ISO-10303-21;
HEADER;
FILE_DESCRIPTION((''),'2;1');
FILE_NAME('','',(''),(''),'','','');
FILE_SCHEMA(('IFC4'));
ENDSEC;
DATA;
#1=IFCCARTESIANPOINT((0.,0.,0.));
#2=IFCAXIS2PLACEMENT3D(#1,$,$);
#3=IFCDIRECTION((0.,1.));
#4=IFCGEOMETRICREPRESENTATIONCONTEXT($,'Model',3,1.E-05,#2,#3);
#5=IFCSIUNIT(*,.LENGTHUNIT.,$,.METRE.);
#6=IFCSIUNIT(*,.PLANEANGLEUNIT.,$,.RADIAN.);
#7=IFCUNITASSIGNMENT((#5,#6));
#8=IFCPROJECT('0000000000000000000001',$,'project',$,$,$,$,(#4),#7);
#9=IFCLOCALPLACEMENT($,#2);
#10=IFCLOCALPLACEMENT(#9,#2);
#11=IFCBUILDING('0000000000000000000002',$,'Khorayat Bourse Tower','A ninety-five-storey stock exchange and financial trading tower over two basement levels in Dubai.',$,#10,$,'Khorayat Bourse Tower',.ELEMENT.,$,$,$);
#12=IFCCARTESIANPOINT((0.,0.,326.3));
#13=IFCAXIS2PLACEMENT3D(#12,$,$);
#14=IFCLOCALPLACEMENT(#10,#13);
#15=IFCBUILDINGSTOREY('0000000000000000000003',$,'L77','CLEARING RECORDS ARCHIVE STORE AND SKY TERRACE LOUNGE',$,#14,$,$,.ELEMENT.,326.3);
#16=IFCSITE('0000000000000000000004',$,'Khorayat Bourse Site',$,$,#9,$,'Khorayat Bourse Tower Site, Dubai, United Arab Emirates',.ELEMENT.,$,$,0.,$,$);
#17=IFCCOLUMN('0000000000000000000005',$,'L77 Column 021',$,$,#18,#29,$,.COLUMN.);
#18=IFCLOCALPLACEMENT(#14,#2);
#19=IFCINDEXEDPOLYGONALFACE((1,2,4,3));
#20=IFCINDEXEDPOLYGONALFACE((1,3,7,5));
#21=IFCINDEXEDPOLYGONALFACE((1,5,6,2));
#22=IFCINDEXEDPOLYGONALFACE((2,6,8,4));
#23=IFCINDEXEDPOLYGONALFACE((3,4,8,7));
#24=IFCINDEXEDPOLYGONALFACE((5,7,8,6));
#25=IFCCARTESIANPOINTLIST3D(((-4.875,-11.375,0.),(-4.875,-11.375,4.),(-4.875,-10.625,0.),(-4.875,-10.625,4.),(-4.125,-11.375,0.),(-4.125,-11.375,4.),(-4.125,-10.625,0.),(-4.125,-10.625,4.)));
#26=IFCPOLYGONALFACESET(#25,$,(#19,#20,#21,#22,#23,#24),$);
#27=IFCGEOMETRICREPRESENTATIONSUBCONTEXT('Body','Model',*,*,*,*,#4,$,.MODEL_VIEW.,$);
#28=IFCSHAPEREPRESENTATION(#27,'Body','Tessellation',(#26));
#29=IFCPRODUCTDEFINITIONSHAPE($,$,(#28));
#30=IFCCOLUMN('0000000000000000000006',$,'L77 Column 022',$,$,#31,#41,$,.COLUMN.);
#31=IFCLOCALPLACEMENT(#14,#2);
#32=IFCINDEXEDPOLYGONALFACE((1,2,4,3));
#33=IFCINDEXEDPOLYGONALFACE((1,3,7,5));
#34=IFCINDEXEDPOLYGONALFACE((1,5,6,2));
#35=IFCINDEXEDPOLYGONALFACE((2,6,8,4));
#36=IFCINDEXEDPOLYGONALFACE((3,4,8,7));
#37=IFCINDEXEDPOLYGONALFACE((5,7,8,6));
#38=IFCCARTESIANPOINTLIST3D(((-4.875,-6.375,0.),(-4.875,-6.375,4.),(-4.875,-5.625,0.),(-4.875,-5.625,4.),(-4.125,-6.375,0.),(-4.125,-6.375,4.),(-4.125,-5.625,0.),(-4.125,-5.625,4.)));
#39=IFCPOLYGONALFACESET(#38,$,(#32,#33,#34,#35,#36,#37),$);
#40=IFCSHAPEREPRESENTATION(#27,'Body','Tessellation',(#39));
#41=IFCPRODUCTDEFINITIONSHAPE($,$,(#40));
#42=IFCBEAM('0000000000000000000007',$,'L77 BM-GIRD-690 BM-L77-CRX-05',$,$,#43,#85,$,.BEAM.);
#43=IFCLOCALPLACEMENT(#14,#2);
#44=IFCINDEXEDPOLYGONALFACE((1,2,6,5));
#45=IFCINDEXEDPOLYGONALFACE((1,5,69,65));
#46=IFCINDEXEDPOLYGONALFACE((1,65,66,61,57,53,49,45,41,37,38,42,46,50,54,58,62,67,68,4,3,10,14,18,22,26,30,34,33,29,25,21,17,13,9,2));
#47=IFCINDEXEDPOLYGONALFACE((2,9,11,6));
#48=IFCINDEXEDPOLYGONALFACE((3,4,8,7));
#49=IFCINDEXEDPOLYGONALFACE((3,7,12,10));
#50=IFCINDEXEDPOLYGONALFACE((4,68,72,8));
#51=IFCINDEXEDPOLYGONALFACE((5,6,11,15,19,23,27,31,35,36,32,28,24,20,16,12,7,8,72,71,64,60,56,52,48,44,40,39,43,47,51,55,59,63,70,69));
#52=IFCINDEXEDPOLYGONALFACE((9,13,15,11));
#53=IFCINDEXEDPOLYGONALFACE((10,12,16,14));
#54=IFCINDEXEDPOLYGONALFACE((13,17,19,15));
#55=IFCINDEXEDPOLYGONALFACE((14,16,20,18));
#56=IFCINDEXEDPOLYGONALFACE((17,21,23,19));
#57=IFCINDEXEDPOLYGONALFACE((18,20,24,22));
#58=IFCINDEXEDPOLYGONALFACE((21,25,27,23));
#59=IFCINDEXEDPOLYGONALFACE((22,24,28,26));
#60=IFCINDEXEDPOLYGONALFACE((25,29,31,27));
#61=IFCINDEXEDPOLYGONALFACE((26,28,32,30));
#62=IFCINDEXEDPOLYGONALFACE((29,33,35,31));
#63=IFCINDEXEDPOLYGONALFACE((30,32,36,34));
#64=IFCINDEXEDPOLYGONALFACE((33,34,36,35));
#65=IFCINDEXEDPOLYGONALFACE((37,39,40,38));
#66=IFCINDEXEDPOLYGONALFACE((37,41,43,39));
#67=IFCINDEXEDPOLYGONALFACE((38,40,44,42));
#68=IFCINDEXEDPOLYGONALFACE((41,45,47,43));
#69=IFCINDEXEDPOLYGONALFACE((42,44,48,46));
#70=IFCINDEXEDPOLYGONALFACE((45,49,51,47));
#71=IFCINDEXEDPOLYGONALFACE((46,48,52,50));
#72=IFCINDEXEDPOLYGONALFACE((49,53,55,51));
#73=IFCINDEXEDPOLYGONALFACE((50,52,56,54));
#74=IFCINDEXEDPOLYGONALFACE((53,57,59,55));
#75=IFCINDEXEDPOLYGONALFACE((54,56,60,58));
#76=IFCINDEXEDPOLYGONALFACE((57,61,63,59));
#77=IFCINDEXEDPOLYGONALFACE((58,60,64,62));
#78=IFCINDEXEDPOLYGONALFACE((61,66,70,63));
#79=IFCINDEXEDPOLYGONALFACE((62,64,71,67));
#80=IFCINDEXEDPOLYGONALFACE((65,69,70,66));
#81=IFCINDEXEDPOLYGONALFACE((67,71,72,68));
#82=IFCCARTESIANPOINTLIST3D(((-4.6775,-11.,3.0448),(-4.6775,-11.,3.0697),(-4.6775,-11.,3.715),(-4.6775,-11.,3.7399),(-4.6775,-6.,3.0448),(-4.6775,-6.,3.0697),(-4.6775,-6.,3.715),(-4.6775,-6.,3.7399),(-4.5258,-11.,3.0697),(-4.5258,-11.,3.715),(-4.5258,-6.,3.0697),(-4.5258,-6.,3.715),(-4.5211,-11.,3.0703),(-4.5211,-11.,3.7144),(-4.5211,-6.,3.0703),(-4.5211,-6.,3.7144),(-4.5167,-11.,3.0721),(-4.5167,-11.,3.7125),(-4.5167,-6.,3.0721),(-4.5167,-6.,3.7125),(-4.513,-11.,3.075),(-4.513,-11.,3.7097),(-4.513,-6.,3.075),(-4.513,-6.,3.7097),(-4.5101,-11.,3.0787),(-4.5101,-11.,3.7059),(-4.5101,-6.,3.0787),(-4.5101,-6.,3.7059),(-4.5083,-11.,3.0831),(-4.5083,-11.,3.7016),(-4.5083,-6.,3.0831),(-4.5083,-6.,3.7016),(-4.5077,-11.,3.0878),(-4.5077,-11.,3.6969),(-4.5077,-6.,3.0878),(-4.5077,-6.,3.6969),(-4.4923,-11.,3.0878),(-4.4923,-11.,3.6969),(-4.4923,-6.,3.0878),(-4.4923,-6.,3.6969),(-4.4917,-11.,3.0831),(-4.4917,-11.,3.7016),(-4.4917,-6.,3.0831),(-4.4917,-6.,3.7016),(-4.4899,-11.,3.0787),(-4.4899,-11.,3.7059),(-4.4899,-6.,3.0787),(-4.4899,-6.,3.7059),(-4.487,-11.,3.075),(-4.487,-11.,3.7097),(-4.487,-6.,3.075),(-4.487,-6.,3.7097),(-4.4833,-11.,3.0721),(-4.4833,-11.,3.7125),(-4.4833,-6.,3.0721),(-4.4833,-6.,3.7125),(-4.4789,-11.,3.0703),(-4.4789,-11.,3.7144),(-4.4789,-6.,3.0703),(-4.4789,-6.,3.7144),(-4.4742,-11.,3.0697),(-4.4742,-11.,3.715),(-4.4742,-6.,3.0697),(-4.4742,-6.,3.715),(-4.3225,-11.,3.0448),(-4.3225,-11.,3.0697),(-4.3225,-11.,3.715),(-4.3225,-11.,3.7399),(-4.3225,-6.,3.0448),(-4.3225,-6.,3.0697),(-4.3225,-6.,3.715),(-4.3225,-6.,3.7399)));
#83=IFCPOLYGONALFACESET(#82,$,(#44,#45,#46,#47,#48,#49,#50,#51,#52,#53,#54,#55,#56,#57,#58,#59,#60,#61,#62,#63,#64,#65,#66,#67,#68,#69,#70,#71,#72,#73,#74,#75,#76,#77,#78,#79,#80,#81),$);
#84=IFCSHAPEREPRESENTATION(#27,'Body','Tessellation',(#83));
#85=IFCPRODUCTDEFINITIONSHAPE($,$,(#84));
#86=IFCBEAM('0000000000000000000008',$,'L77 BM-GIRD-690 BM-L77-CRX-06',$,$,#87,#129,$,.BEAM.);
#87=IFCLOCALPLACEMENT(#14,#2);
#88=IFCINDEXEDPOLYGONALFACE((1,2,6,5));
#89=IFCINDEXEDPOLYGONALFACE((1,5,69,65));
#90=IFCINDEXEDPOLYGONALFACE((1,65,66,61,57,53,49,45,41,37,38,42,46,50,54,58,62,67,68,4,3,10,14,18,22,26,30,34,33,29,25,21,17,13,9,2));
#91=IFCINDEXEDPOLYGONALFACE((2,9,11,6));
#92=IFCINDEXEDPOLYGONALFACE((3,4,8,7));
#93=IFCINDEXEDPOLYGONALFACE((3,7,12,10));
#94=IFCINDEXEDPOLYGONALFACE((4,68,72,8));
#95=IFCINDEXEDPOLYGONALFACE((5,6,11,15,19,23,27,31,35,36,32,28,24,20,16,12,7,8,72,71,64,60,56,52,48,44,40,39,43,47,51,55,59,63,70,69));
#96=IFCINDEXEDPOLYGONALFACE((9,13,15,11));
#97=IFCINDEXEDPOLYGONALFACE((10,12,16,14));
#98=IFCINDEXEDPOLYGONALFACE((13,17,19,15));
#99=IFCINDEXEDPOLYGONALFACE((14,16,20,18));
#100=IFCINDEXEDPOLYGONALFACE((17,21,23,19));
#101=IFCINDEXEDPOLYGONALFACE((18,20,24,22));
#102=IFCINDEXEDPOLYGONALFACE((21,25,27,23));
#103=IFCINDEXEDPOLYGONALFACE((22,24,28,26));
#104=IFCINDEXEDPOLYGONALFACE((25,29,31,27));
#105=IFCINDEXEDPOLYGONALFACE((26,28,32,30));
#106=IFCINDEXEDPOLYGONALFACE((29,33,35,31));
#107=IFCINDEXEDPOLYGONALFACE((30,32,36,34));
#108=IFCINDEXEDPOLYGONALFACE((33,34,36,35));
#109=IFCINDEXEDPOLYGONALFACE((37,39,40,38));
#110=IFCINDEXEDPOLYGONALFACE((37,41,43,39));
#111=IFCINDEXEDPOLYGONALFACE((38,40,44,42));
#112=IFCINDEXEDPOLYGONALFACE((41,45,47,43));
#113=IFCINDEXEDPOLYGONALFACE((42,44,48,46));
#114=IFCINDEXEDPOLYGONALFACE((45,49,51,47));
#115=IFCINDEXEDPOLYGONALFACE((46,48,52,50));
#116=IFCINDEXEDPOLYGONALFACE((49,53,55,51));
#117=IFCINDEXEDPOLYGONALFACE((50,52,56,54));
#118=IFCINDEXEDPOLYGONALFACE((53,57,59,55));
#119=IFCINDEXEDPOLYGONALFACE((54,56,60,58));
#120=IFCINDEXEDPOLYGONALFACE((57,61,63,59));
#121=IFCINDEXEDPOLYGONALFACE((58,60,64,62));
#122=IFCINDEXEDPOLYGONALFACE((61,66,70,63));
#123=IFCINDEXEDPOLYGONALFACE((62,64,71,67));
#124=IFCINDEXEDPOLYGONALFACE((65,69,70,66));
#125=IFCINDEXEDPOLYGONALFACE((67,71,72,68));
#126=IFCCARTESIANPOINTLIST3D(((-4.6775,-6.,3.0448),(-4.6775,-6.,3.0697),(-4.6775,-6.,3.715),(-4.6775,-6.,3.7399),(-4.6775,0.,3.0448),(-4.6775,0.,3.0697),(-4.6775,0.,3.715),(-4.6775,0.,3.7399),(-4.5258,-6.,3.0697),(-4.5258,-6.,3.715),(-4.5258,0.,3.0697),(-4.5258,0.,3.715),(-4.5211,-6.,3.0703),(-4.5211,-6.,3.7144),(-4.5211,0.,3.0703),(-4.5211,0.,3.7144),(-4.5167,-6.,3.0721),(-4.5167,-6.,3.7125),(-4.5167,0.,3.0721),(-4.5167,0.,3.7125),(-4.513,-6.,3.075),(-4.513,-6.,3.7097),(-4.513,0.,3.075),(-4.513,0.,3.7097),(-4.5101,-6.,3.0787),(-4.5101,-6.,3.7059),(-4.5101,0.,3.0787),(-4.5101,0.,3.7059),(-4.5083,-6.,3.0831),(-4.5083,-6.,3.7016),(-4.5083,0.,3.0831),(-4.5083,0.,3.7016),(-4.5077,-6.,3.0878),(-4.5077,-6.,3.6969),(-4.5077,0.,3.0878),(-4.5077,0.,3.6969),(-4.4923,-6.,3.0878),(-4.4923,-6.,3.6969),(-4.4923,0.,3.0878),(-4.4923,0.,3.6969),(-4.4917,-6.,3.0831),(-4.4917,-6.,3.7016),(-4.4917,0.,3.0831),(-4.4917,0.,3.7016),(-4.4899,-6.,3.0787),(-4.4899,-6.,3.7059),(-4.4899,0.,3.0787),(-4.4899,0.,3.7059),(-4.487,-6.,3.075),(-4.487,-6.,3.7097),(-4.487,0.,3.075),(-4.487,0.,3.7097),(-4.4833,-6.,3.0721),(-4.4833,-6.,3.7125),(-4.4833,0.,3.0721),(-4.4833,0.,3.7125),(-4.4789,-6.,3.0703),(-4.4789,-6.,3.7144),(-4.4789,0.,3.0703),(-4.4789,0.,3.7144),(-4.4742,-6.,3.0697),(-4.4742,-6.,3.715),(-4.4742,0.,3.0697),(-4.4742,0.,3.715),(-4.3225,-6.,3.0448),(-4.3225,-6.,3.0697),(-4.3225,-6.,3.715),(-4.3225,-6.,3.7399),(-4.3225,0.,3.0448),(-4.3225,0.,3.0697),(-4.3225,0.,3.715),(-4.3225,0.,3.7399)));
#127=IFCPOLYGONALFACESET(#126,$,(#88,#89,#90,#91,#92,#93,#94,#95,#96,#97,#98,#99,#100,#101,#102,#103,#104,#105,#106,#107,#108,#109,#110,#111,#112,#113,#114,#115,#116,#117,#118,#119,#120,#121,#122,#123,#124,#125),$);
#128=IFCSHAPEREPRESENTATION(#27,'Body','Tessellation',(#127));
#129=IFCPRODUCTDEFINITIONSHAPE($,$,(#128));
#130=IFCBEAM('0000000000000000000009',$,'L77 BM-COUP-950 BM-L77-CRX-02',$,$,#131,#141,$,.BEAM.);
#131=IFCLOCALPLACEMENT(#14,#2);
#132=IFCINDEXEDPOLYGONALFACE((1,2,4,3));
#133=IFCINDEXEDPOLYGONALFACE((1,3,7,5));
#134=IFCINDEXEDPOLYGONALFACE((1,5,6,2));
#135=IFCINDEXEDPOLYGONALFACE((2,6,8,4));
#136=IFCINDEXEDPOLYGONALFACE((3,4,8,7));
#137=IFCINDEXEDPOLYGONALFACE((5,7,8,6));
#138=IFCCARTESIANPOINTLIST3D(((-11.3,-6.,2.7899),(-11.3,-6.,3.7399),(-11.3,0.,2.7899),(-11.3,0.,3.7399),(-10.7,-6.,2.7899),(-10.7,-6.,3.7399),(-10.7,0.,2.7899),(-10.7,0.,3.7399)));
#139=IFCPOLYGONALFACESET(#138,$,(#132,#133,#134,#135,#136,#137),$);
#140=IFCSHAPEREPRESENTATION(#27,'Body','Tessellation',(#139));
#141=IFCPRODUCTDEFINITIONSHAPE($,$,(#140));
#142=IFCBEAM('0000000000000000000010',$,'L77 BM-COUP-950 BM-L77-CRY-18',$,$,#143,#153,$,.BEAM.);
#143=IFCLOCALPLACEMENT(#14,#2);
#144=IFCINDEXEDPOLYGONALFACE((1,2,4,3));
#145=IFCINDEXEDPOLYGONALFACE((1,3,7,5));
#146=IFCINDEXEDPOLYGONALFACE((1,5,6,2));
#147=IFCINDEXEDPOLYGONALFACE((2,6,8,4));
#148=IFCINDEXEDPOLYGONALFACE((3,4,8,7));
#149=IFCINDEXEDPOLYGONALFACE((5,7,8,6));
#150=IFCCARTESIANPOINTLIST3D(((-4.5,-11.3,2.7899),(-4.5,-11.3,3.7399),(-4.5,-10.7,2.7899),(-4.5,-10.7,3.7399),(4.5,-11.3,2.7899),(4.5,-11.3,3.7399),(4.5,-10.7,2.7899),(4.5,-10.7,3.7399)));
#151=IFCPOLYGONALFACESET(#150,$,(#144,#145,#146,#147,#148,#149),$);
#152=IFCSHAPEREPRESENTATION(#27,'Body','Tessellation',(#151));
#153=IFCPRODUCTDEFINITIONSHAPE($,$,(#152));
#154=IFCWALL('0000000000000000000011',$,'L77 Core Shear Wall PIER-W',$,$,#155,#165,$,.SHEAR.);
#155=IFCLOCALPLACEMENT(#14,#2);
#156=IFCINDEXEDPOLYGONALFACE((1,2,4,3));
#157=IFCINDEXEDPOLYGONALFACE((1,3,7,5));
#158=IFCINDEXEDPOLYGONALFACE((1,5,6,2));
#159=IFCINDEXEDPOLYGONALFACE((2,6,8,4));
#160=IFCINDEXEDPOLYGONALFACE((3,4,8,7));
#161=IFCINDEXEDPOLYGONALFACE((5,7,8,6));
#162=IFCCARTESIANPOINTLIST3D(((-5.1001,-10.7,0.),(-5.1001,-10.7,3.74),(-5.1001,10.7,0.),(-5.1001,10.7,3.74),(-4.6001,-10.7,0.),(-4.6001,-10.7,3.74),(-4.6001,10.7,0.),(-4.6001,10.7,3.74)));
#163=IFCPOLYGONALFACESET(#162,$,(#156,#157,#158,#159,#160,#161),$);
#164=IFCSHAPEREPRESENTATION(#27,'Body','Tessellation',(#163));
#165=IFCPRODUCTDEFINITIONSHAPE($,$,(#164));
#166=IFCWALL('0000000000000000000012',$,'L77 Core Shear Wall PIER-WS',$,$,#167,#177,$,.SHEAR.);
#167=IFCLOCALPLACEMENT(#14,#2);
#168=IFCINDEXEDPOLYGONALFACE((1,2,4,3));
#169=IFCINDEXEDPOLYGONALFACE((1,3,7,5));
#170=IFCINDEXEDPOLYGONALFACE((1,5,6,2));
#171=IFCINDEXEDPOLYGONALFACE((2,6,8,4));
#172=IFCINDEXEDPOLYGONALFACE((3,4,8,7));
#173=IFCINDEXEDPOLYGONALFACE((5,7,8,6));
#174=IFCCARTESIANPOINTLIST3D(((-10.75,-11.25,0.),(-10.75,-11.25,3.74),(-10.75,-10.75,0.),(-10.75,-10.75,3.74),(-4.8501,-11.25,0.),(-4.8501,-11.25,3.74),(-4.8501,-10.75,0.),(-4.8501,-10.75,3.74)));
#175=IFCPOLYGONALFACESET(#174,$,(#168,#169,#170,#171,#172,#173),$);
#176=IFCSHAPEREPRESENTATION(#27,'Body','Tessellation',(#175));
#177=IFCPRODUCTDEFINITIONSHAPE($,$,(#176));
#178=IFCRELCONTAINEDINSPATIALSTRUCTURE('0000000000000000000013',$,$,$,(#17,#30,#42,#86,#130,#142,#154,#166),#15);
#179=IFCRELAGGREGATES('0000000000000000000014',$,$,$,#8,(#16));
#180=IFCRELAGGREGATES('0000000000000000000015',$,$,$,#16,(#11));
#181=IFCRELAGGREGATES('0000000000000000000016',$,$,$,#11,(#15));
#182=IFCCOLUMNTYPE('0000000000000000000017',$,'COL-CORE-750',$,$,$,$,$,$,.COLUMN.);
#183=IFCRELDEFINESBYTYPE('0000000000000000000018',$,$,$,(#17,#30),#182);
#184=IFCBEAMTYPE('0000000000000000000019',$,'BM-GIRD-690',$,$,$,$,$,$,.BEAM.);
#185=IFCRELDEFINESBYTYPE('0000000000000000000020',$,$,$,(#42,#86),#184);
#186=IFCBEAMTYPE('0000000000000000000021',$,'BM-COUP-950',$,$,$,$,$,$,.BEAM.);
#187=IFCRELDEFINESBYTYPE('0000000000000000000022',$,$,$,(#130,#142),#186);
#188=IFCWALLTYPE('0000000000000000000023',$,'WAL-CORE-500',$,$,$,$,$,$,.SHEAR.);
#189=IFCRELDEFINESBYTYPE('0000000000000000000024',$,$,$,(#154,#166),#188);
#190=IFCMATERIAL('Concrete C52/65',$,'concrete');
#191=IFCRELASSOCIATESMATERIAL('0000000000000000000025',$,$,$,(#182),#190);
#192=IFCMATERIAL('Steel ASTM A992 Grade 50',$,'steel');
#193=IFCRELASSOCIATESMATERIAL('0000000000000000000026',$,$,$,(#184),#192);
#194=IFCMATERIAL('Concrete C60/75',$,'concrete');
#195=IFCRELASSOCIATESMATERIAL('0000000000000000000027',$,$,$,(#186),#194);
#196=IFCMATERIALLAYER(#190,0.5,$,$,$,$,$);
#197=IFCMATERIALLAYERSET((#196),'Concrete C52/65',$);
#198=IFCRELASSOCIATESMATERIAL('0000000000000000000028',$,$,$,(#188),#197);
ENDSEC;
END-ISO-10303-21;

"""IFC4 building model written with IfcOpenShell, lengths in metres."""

from ifc_helpers import new_model, si_unit, direction, frame, frame_2d, origin, origin_2d, place, context, subcontext, project, spatial, rectangle, i_section, extrude, source, transform, mapped, material, layer, layer_set, material_profile, profile_set, type_object, element, save


model = new_model("IFC4")

# Units and contexts
model_context = context("Model", 3, precision=1e-05, world=origin(), true_north=direction((0.0, 1.0)))
body_context = subcontext(model_context, "Body", "Model", "MODEL_VIEW")
ifc_project = project(units=[si_unit("LENGTHUNIT", "METRE"), si_unit("PLANEANGLEUNIT", "RADIAN")], contexts=[model_context])

# Site, building, storey
site_placement = place(None, origin())
site = spatial("IfcSite", under=ifc_project, at=site_placement, Name="Khorayat Bourse Site", LongName="Khorayat Bourse Tower Site, Dubai, United Arab Emirates", CompositionType="ELEMENT", RefElevation=0.0)
building_placement = place(site_placement, origin())
building = spatial("IfcBuilding", under=site, at=building_placement, Name="Khorayat Bourse Tower", Description="A ninety-five-storey stock exchange and financial trading tower over two basement levels in Dubai.", LongName="Khorayat Bourse Tower", CompositionType="ELEMENT")
storey_placement = place(building_placement, frame((0.0, 0.0, 326.3)))
storey = spatial("IfcBuildingStorey", under=building, at=storey_placement, Name="L77", Description="CLEARING RECORDS ARCHIVE STORE AND SKY TERRACE LOUNGE", CompositionType="ELEMENT", Elevation=326.3)

# Columns
ifc_material_1 = material(Name="Concrete C52/65", Category="concrete")
ifc_material_profile_1 = material_profile(ifc_material_1, rectangle(XDim=0.75, YDim=0.75, at=origin_2d()), Name="RC 750x750")
ifc_profile_set_1 = profile_set([ifc_material_profile_1], Name="Concrete C52/65")
column_type = type_object("IfcColumnType", Name="COL-CORE-750", PredefinedType="COLUMN", material=ifc_profile_set_1)
shared_shape_1 = source(origin(), body_context, "Body", "SweptSolid", [
    extrude(rectangle(XDim=0.75, YDim=0.75, at=origin_2d()), origin(), (0.0, 0.0, 1.0), 4.0),
])
for number, where, z_axis, x_axis, name in (
    (1, (-4.5, -11.0, 0.0), (0.0, 0.0, 1.0), (1.0, 0.0, 0.0), "L77 Column 021"),
    (2, (-4.5, -6.0, 0.0), (0.0, 0.0, 1.0), (1.0, 0.0, 0.0), "L77 Column 022"),
):
    element("IfcColumn", number, at=place(storey_placement, frame(where, z_axis=z_axis, x_axis=x_axis)), inside=storey, type_object=column_type, Name=name, PredefinedType="COLUMN", context=body_context, shape_type="MappedRepresentation", body=[
        mapped(shared_shape_1, transform((0.0, 0.0, 0.0), scale=1.0)),
    ])

# Beams
ifc_material_2 = material(Name="Steel ASTM A992 Grade 50", Category="steel")
ifc_material_profile_2 = material_profile(ifc_material_2, i_section(OverallWidth=0.355, OverallDepth=0.6951, WebThickness=0.0154, FlangeThickness=0.0249, FilletRadius=0.0181, at=origin_2d()), Name="W690X217")
ifc_profile_set_2 = profile_set([ifc_material_profile_2], Name="Steel ASTM A992 Grade 50")
beam_type_1 = type_object("IfcBeamType", Name="BM-GIRD-690", PredefinedType="BEAM", material=ifc_profile_set_2)
shared_shape_2 = source(origin(), body_context, "Body", "SweptSolid", [
    extrude(i_section(OverallWidth=0.355, OverallDepth=0.6951, WebThickness=0.0154, FlangeThickness=0.0249, FilletRadius=0.0181, at=origin_2d()), origin(), (0.0, 0.0, 1.0), 5.0),
])
beam_1_placement = place(storey_placement, frame((-4.5, -11.0, 3.3923), z_axis=(0.0, 1.0, 0.0), x_axis=(-1.0, 0.0, 0.0)))
element("IfcBeam", 3, at=beam_1_placement, inside=storey, type_object=beam_type_1, Name="L77 BM-GIRD-690 BM-L77-CRX-05", PredefinedType="BEAM", context=body_context, shape_type="MappedRepresentation", body=[
    mapped(shared_shape_2, transform((0.0, 0.0, 0.0), scale=1.0)),
])
shared_shape_3 = source(origin(), body_context, "Body", "SweptSolid", [
    extrude(i_section(OverallWidth=0.355, OverallDepth=0.6951, WebThickness=0.0154, FlangeThickness=0.0249, FilletRadius=0.0181, at=origin_2d()), origin(), (0.0, 0.0, 1.0), 6.0),
])
beam_2_placement = place(storey_placement, frame((-4.5, -6.0, 3.3923), z_axis=(0.0, 1.0, 0.0), x_axis=(-1.0, 0.0, 0.0)))
element("IfcBeam", 4, at=beam_2_placement, inside=storey, type_object=beam_type_1, Name="L77 BM-GIRD-690 BM-L77-CRX-06", PredefinedType="BEAM", context=body_context, shape_type="MappedRepresentation", body=[
    mapped(shared_shape_3, transform((0.0, 0.0, 0.0), scale=1.0)),
])
ifc_material_3 = material(Name="Concrete C60/75", Category="concrete")
ifc_material_profile_3 = material_profile(ifc_material_3, rectangle(XDim=0.6001, YDim=0.95, at=origin_2d()), Name="RC 600x950")
ifc_profile_set_3 = profile_set([ifc_material_profile_3], Name="Concrete C60/75")
beam_type_2 = type_object("IfcBeamType", Name="BM-COUP-950", PredefinedType="BEAM", material=ifc_profile_set_3)
shared_shape_4 = source(origin(), body_context, "Body", "SweptSolid", [
    extrude(rectangle(XDim=0.6001, YDim=0.95, at=origin_2d()), origin(), (0.0, 0.0, 1.0), 6.0),
])
beam_3_placement = place(storey_placement, frame((-11.0, -6.0, 3.2649), z_axis=(0.0, 1.0, 0.0), x_axis=(-1.0, 0.0, 0.0)))
element("IfcBeam", 5, at=beam_3_placement, inside=storey, type_object=beam_type_2, Name="L77 BM-COUP-950 BM-L77-CRX-02", PredefinedType="BEAM", context=body_context, shape_type="MappedRepresentation", body=[
    mapped(shared_shape_4, transform((0.0, 0.0, 0.0), scale=1.0)),
])
shared_shape_5 = source(origin(), body_context, "Body", "SweptSolid", [
    extrude(rectangle(XDim=0.6001, YDim=0.95, at=origin_2d()), origin(), (0.0, 0.0, 1.0), 9.0),
])
beam_4_placement = place(storey_placement, frame((-4.5, -11.0, 3.2649), z_axis=(1.0, 0.0, 0.0), x_axis=(0.0, 1.0, 0.0)))
element("IfcBeam", 6, at=beam_4_placement, inside=storey, type_object=beam_type_2, Name="L77 BM-COUP-950 BM-L77-CRY-18", PredefinedType="BEAM", context=body_context, shape_type="MappedRepresentation", body=[
    mapped(shared_shape_5, transform((0.0, 0.0, 0.0), scale=1.0)),
])

# Walls
ifc_layer_1 = layer(ifc_material_1, 0.5)
ifc_layer_set_1 = layer_set([ifc_layer_1], Name="Concrete C52/65")
wall_type_1 = type_object("IfcWallType", Name="WAL-CORE-500", PredefinedType="SHEAR", material=ifc_layer_set_1)
shared_shape_6 = source(origin(), body_context, "Body", "SweptSolid", [
    extrude(rectangle(XDim=21.3999, YDim=0.5, at=frame_2d((10.7, 0.0))), origin(), (0.0, 0.0, 1.0), 3.74),
])
wall_1_placement = place(storey_placement, frame((-4.8501, -10.7, 0.0), z_axis=(0.0, 0.0, 1.0), x_axis=(0.0, 1.0, 0.0)))
element("IfcWall", 7, at=wall_1_placement, inside=storey, type_object=wall_type_1, Name="L77 Core Shear Wall PIER-W", PredefinedType="SHEAR", context=body_context, shape_type="MappedRepresentation", body=[
    mapped(shared_shape_6, transform((0.0, 0.0, 0.0), scale=1.0)),
])
shared_shape_7 = source(origin(), body_context, "Body", "SweptSolid", [
    extrude(rectangle(XDim=5.8999, YDim=0.5, at=frame_2d((2.95, 0.0))), origin(), (0.0, 0.0, 1.0), 3.74),
])
wall_2_placement = place(storey_placement, frame((-10.75, -11.0, 0.0), z_axis=(0.0, 0.0, 1.0), x_axis=(1.0, 0.0, 0.0)))
element("IfcWall", 8, at=wall_2_placement, inside=storey, type_object=wall_type_1, Name="L77 Core Shear Wall PIER-WS", PredefinedType="SHEAR", context=body_context, shape_type="MappedRepresentation", body=[
    mapped(shared_shape_7, transform((0.0, 0.0, 0.0), scale=1.0)),
])

save(model, "model.ifc")
